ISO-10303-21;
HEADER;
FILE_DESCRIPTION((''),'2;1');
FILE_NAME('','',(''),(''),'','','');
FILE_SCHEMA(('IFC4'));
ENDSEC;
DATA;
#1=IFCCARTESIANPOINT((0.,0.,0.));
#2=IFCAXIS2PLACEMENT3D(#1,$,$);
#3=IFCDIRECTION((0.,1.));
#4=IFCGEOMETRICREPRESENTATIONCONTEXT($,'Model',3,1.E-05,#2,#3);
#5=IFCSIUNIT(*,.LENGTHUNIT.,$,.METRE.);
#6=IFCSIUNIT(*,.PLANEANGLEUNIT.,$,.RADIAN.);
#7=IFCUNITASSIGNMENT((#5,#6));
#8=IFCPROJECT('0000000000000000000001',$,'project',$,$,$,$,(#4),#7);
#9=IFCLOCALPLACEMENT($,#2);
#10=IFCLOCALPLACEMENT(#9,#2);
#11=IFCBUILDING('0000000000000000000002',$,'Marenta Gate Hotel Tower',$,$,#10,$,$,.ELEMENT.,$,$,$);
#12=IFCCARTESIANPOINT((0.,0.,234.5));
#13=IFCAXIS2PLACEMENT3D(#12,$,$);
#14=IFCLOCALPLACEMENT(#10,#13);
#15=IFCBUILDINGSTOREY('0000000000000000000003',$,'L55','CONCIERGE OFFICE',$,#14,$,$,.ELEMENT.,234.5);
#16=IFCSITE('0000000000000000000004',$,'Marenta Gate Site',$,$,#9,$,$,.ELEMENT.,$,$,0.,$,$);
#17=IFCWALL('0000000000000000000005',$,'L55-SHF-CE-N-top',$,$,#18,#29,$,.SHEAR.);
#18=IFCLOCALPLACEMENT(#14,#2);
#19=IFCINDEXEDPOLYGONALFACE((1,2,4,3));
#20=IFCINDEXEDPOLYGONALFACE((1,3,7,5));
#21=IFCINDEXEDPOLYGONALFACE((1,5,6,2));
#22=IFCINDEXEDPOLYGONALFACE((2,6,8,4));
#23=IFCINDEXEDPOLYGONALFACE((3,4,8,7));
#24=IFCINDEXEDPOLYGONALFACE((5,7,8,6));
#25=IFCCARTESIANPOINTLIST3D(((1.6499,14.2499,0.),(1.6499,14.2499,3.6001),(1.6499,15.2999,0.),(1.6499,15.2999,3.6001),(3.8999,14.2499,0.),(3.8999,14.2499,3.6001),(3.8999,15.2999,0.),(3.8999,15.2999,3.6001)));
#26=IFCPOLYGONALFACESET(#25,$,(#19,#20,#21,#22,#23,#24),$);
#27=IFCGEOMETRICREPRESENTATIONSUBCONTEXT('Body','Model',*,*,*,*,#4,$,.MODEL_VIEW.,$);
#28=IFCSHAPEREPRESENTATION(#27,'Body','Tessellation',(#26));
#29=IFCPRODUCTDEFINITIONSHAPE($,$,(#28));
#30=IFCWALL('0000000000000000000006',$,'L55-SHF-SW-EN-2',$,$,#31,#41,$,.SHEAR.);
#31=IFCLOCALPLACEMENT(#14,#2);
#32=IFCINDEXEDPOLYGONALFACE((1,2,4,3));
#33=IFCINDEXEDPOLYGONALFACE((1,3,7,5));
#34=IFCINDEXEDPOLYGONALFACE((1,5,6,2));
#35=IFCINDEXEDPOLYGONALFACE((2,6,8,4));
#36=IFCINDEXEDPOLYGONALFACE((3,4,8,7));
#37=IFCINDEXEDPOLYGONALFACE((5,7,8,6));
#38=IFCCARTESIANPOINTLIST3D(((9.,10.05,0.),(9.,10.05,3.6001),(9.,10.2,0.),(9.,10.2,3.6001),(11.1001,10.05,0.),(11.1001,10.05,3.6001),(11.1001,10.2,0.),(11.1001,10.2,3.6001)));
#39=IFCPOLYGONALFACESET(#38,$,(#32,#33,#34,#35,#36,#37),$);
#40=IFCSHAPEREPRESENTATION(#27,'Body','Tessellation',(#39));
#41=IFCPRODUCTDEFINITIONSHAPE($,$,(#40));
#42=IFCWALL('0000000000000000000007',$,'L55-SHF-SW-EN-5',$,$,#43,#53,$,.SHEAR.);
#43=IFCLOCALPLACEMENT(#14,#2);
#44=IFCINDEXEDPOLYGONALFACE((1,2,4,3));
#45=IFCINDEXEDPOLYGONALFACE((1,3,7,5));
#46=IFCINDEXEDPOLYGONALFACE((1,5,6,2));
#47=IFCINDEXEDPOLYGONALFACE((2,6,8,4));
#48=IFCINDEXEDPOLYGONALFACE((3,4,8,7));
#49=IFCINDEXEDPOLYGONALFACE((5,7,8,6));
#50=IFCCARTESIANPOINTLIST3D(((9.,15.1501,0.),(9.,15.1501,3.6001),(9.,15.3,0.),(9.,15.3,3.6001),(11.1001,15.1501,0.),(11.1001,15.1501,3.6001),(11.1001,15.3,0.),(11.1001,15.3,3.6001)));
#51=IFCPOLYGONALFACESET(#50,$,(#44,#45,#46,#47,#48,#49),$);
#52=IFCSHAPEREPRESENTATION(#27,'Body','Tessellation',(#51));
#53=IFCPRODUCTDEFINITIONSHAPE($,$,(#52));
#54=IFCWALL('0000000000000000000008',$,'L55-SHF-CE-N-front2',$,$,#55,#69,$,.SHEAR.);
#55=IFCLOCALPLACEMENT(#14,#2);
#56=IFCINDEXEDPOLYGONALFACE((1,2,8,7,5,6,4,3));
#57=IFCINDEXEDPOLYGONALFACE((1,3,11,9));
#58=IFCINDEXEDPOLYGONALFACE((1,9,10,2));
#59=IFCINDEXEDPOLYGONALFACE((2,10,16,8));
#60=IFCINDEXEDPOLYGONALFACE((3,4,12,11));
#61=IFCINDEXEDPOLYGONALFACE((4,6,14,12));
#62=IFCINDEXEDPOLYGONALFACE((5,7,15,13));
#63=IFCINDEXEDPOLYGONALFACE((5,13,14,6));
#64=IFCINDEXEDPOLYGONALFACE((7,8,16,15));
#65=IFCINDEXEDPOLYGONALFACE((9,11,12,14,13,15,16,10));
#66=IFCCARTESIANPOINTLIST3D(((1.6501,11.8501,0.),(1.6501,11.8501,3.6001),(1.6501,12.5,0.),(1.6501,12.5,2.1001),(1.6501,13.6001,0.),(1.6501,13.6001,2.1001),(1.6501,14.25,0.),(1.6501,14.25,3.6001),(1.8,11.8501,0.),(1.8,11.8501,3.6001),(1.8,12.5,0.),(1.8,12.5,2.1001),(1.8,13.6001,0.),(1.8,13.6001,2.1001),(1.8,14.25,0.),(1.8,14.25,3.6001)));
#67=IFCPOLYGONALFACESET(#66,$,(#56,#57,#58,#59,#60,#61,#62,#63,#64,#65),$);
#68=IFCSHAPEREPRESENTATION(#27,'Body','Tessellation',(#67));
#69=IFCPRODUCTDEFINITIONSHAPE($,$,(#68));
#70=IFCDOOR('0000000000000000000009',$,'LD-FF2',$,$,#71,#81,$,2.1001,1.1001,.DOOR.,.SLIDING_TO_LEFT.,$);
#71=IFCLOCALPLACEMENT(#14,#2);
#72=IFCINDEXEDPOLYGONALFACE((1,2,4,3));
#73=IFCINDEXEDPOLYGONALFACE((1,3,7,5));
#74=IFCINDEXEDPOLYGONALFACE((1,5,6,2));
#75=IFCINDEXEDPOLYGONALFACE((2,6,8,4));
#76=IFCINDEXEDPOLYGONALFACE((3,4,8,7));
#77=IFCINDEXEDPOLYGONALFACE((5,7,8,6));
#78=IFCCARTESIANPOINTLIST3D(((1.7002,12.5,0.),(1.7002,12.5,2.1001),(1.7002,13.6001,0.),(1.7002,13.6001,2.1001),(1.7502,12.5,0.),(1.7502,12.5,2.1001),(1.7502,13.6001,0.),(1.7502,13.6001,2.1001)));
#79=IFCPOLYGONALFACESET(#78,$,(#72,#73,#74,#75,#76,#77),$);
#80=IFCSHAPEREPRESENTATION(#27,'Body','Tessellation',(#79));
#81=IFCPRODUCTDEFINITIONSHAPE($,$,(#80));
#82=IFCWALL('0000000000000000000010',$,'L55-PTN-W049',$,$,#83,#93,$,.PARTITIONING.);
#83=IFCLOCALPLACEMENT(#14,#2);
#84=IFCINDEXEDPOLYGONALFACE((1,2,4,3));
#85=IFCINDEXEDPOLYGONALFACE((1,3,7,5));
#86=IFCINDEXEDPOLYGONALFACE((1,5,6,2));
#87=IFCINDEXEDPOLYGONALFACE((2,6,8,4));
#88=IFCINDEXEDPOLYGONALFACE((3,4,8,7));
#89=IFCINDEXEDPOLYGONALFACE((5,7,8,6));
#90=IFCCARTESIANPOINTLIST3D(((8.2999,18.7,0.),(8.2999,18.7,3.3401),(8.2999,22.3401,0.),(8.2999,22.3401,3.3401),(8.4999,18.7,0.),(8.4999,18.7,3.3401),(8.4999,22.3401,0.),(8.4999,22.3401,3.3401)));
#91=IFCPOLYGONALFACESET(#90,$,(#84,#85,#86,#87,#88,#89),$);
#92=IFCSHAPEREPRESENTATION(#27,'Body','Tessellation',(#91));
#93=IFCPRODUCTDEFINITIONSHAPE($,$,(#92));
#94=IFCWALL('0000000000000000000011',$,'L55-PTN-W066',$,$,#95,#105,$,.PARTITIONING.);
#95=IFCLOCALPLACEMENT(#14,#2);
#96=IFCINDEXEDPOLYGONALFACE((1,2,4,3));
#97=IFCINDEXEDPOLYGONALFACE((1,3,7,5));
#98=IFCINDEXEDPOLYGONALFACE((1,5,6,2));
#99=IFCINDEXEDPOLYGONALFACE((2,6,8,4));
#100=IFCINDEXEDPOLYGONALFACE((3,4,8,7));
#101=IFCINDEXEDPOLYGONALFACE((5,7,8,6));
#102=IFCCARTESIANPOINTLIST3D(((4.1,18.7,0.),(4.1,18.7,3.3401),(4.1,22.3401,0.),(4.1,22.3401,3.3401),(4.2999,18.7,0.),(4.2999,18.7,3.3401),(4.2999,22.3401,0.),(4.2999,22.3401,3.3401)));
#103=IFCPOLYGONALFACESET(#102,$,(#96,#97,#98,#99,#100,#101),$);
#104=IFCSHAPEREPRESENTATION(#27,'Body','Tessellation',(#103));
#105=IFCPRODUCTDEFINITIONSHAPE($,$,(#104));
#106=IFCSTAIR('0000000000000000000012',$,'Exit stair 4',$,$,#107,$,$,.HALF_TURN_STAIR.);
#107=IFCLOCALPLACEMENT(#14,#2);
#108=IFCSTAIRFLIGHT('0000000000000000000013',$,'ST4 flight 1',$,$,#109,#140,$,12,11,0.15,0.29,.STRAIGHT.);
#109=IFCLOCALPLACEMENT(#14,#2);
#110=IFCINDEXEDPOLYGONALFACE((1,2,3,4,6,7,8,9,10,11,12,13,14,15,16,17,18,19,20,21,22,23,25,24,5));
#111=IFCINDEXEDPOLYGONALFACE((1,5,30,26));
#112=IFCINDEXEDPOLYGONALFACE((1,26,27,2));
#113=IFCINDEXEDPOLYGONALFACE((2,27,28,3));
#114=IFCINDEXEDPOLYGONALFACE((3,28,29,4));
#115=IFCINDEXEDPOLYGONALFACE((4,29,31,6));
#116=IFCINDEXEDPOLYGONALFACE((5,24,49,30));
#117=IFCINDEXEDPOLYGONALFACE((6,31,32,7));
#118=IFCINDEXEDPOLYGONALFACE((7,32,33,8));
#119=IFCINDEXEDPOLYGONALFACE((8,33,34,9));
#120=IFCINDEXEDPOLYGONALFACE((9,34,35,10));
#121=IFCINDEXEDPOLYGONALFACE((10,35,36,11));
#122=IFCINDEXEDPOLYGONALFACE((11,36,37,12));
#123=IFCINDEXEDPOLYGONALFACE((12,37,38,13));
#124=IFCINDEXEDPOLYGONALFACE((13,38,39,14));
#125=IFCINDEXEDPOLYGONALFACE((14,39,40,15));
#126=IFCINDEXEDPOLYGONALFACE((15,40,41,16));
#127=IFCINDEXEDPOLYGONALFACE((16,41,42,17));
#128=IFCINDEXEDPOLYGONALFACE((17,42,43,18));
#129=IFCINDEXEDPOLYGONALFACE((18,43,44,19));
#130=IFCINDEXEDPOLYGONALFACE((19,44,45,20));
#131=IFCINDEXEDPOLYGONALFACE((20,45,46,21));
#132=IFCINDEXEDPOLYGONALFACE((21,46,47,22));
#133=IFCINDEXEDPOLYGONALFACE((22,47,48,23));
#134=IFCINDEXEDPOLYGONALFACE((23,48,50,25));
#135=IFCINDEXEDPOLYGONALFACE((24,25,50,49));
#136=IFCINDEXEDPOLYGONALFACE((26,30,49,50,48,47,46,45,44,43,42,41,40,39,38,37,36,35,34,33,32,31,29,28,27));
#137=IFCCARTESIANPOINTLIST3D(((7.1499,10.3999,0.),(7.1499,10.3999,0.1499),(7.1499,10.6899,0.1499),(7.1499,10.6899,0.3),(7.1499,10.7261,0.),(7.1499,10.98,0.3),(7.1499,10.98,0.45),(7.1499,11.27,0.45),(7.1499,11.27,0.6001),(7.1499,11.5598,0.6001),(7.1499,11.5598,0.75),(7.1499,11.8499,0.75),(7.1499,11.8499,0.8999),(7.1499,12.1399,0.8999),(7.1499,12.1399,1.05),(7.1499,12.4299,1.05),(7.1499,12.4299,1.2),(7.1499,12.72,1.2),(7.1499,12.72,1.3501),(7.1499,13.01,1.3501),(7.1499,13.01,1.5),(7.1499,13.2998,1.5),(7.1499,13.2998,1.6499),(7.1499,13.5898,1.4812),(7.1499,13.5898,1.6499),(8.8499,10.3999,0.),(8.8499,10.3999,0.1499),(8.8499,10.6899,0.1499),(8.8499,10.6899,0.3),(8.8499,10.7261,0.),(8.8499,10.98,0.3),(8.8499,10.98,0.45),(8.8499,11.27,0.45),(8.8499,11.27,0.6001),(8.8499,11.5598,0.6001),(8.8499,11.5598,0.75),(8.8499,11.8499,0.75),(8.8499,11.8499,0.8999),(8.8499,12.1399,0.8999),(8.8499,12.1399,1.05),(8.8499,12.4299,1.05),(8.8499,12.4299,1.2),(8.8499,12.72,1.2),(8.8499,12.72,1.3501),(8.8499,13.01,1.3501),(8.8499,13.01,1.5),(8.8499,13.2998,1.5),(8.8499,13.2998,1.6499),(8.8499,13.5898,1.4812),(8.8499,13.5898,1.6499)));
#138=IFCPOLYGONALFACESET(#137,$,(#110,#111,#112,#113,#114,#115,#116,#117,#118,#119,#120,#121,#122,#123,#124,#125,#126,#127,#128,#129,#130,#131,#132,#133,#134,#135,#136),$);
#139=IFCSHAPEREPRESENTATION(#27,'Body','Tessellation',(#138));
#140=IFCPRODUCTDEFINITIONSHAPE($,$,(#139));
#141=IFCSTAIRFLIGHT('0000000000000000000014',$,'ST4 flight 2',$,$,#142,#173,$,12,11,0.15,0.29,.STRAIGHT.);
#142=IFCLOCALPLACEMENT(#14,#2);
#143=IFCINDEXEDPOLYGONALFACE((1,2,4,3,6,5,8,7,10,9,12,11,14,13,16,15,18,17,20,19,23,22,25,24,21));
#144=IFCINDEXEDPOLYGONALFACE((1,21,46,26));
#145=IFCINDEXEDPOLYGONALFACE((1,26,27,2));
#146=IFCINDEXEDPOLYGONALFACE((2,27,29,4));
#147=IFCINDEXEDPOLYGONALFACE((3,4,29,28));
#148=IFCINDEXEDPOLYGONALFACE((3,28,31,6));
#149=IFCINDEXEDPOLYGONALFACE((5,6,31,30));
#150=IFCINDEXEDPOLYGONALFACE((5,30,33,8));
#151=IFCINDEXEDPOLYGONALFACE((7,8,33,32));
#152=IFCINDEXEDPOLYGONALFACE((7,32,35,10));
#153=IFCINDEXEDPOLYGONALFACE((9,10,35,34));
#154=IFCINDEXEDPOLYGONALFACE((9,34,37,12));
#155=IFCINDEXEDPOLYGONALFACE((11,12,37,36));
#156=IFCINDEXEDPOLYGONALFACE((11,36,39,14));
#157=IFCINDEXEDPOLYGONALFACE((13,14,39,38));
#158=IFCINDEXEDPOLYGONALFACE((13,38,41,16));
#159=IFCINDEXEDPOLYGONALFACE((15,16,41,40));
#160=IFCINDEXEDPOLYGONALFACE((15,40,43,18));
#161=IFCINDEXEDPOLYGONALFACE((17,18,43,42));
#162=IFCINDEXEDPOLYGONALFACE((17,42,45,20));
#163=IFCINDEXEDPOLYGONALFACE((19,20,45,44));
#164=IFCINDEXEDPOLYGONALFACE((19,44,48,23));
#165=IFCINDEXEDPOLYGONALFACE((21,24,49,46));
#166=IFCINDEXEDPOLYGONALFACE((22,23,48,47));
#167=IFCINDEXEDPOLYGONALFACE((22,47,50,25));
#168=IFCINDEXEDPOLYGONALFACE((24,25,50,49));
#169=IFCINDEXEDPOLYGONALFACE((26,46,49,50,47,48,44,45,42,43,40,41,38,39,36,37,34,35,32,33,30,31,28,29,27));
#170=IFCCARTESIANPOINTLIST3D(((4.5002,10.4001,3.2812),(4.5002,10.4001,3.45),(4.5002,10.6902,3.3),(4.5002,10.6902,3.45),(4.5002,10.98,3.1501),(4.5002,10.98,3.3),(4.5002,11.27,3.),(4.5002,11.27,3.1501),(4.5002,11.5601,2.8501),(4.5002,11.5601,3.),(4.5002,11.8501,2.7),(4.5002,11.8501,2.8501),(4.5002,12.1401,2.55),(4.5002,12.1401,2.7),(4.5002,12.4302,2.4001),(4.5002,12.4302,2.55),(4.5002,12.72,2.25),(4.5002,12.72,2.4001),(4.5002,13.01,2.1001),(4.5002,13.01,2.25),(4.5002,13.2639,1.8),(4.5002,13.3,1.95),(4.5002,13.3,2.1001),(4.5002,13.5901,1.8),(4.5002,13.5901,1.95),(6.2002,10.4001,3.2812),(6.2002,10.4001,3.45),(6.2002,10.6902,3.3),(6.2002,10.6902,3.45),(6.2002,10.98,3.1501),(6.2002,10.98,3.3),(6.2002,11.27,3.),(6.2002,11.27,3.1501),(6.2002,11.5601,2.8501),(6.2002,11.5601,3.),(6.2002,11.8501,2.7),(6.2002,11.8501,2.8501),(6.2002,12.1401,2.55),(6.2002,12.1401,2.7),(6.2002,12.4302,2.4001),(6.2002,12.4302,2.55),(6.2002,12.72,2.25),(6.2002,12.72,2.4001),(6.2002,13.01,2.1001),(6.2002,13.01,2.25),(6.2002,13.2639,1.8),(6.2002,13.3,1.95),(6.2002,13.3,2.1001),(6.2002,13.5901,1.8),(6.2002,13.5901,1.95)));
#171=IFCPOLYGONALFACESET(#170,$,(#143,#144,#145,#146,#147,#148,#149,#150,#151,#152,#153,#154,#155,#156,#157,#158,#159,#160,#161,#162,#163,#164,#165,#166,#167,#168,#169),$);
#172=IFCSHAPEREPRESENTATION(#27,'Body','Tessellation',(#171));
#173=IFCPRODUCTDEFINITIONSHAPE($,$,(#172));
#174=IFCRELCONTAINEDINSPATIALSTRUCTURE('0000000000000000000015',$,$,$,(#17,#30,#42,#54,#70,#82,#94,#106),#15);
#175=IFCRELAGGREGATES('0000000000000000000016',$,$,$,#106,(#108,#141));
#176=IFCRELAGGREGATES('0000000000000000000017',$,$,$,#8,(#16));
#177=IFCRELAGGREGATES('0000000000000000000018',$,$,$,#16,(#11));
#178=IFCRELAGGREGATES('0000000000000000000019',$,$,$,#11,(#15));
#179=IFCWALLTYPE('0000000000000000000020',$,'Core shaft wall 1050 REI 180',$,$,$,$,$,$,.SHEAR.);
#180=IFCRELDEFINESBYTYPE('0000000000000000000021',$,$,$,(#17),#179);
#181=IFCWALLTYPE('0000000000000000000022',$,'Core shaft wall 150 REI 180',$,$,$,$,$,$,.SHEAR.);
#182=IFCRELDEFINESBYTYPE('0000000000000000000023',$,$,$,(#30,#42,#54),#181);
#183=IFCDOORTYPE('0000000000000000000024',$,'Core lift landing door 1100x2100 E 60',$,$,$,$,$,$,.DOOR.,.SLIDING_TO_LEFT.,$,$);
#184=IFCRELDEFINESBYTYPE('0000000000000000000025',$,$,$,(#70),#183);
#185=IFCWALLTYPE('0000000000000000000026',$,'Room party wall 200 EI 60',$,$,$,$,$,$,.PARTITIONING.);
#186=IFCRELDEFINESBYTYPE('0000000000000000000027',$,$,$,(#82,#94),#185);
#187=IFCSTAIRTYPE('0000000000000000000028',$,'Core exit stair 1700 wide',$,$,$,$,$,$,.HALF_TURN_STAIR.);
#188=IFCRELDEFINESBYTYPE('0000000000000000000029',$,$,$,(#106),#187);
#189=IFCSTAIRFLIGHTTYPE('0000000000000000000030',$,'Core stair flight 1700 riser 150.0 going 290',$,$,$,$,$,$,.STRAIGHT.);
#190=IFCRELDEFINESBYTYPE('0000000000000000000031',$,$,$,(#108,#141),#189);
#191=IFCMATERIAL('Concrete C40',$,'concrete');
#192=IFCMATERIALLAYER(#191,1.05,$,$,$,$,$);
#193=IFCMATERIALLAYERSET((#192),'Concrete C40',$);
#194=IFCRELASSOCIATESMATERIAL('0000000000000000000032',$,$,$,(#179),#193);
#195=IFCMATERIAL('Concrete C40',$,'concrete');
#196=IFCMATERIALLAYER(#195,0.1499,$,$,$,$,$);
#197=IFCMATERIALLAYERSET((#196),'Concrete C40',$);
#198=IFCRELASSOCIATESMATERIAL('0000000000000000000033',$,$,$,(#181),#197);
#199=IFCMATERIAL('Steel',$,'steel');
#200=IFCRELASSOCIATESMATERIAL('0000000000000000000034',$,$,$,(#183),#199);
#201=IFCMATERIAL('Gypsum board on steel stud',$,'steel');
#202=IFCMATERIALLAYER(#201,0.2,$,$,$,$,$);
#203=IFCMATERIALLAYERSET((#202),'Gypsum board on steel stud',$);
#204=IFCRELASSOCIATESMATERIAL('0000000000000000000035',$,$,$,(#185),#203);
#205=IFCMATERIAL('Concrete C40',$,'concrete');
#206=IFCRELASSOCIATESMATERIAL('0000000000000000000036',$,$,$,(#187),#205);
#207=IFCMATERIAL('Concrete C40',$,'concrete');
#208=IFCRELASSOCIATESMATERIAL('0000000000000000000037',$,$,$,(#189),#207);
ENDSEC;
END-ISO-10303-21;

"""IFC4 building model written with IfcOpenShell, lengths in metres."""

from ifc_helpers import new_model, si_unit, direction, frame, frame_2d, origin, place, context, subcontext, project, spatial, polyline, rectangle, outline, extrude, material, layer, layer_set, type_object, element, fill, aggregate, save


model = new_model("IFC4")

# Units and contexts
model_context = context("Model", 3, precision=1e-05, world=origin(), true_north=direction((0.0, 1.0)))
body_context = subcontext(model_context, "Body", "Model", "MODEL_VIEW")
ifc_project = project(units=[si_unit("LENGTHUNIT", "METRE"), si_unit("PLANEANGLEUNIT", "RADIAN")], contexts=[model_context])

# Site, building, storey
site_placement = place(None, origin())
site = spatial("IfcSite", under=ifc_project, at=site_placement, Name="Marenta Gate Site", CompositionType="ELEMENT", RefElevation=0.0)
building_placement = place(site_placement, origin())
building = spatial("IfcBuilding", under=site, at=building_placement, Name="Marenta Gate Hotel Tower", CompositionType="ELEMENT")
storey_placement = place(building_placement, frame((0.0, 0.0, 234.5)))
storey = spatial("IfcBuildingStorey", under=building, at=storey_placement, Name="L55", Description="CONCIERGE OFFICE", CompositionType="ELEMENT", Elevation=234.5)

# Walls
ifc_material_1 = material(Name="Concrete C40", Category="concrete")
ifc_layer_1 = layer(ifc_material_1, 1.05)
ifc_layer_set_1 = layer_set([ifc_layer_1], Name="Concrete C40")
wall_type_1 = type_object("IfcWallType", Name="Core shaft wall 1050 REI 180", PredefinedType="SHEAR", material=ifc_layer_set_1)
wall_1_placement = place(storey_placement, frame((1.6499, 14.7749, 0.0), z_axis=(0.0, 0.0, 1.0), x_axis=(1.0, 0.0, 0.0)))
element("IfcWall", 1, at=wall_1_placement, inside=storey, type_object=wall_type_1, Name="L55-SHF-CE-N-top", PredefinedType="SHEAR", context=body_context, shape_type="SweptSolid", body=[
    extrude(rectangle(XDim=2.25, YDim=1.05, at=frame_2d((1.125, 0.0))), origin(), (0.0, 0.0, 1.0), 3.6001),
])
ifc_material_2 = material(Name="Concrete C40", Category="concrete")
ifc_layer_2 = layer(ifc_material_2, 0.1499)
ifc_layer_set_2 = layer_set([ifc_layer_2], Name="Concrete C40")
wall_type_2 = type_object("IfcWallType", Name="Core shaft wall 150 REI 180", PredefinedType="SHEAR", material=ifc_layer_set_2)
for number, where, z_axis, x_axis, name in (
    (2, (9.0, 10.125, 0.0), (0.0, 0.0, 1.0), (1.0, 0.0, 0.0), "L55-SHF-SW-EN-2"),
    (3, (9.0, 15.2251, 0.0), (0.0, 0.0, 1.0), (1.0, 0.0, 0.0), "L55-SHF-SW-EN-5"),
):
    element("IfcWall", number, at=place(storey_placement, frame(where, z_axis=z_axis, x_axis=x_axis)), inside=storey, type_object=wall_type_2, Name=name, PredefinedType="SHEAR", context=body_context, shape_type="SweptSolid", body=[
        extrude(rectangle(XDim=2.1001, YDim=0.1499, at=frame_2d((1.05, 0.0))), origin(), (0.0, 0.0, 1.0), 3.6001),
    ])

# Wall, opening, door
wall_2_placement = place(storey_placement, frame((1.7251, 11.8501, 0.0), z_axis=(0.0, 0.0, 1.0), x_axis=(0.0, 1.0, 0.0)))
wall_2 = element("IfcWall", 4, at=wall_2_placement, inside=storey, type_object=wall_type_2, Name="L55-SHF-CE-N-front2", PredefinedType="SHEAR", context=body_context, shape_type="SweptSolid", body=[
    extrude(rectangle(XDim=2.3999, YDim=0.1499, at=frame_2d((1.2, 0.0))), origin(), (0.0, 0.0, 1.0), 3.6001),
])
opening_1_placement = place(wall_2_placement, frame((0.6499, 0.0, 0.0)))
opening_1 = element("IfcOpeningElement", 5, at=opening_1_placement, cuts=wall_2, PredefinedType="OPENING", context=body_context, shape_type="SweptSolid", body=[
    extrude(rectangle(XDim=1.1001, YDim=2.1001, at=frame_2d((0.55, 1.05))), frame((0.0, 0.075, 0.0), z_axis=(0.0, -1.0, 0.0), x_axis=(1.0, 0.0, 0.0)), (0.0, 0.0, 1.0), 0.1499),
])
ifc_material_3 = material(Name="Steel", Category="steel")
door_type_1 = type_object("IfcDoorType", Name="Core lift landing door 1100x2100 E 60", OperationType="SLIDING_TO_LEFT", PredefinedType="DOOR", material=ifc_material_3)
door_1_placement = place(opening_1_placement, origin())
door_1 = element("IfcDoor", 6, at=door_1_placement, inside=storey, type_object=door_type_1, Name="LD-FF2", OperationType="SLIDING_TO_LEFT", OverallHeight=2.1001, OverallWidth=1.1001, PredefinedType="DOOR", context=body_context, shape_type="SweptSolid", body=[
    extrude(rectangle(XDim=1.1001, YDim=2.1001, at=frame_2d((0.55, 1.05))), frame((0.0, 0.0249, 0.0), z_axis=(0.0, -1.0, 0.0), x_axis=(1.0, 0.0, 0.0)), (0.0, 0.0, 1.0), 0.05),
])
fill(opening_1, door_1)

# Walls
ifc_material_4 = material(Name="Gypsum board on steel stud", Category="steel")
ifc_layer_3 = layer(ifc_material_4, 0.2)
ifc_layer_set_3 = layer_set([ifc_layer_3], Name="Gypsum board on steel stud")
wall_type_3 = type_object("IfcWallType", Name="Room party wall 200 EI 60", PredefinedType="PARTITIONING", material=ifc_layer_set_3)
for number, where, z_axis, x_axis, name in (
    (7, (8.3999, 18.7, 0.0), (0.0, 0.0, 1.0), (0.0, 1.0, 0.0), "L55-PTN-W049"),
    (8, (4.2, 18.7, 0.0), (0.0, 0.0, 1.0), (0.0, 1.0, 0.0), "L55-PTN-W066"),
):
    element("IfcWall", number, at=place(storey_placement, frame(where, z_axis=z_axis, x_axis=x_axis)), inside=storey, type_object=wall_type_3, Name=name, PredefinedType="PARTITIONING", context=body_context, shape_type="SweptSolid", body=[
        extrude(rectangle(XDim=3.6401, YDim=0.2, at=frame_2d((1.8201, 0.0))), origin(), (0.0, 0.0, 1.0), 3.3401),
    ])

# Stair, stair flights
ifc_material_5 = material(Name="Concrete C40", Category="concrete")
stair_type = type_object("IfcStairType", Name="Core exit stair 1700 wide", PredefinedType="HALF_TURN_STAIR", material=ifc_material_5)
stair_placement = place(storey_placement, origin())
stair = element("IfcStair", 9, at=stair_placement, inside=storey, type_object=stair_type, Name="Exit stair 4", PredefinedType="HALF_TURN_STAIR")
ifc_material_6 = material(Name="Concrete C40", Category="concrete")
stair_flight_type = type_object("IfcStairFlightType", Name="Core stair flight 1700 riser 150.0 going 290", PredefinedType="STRAIGHT", material=ifc_material_6)
stair_flight_1_placement = place(storey_placement, frame((8.0, 10.3999, 0.0), z_axis=(0.0, 0.0, 1.0), x_axis=(0.0, 1.0, 0.0)))
stair_flight_1 = element("IfcStairFlight", 10, at=stair_flight_1_placement, type_object=stair_flight_type, Name="ST4 flight 1", NumberOfRisers=12, NumberOfTreads=11, PredefinedType="STRAIGHT", RiserHeight=0.15, TreadLength=0.29, context=body_context, shape_type="SweptSolid", body=[
    extrude(outline(polyline([(0.0, 0.0), (0.0, 0.1499), (0.29, 0.1499), (0.29, 0.3), (0.5801, 0.3), (0.5801, 0.45), (0.8701, 0.45), (0.8701, 0.6001), (1.1599, 0.6001), (1.1599, 0.75), (1.45, 0.75), (1.45, 0.8999), (1.74, 0.8999), (1.74, 1.05), (2.03, 1.05), (2.03, 1.2), (2.3201, 1.2), (2.3201, 1.3501), (2.6101, 1.3501), (2.6101, 1.5), (2.8999, 1.5), (2.8999, 1.6499), (3.1899, 1.6499), (3.1899, 1.8), (3.1899, 1.4812), (0.3262, 0.0), (0.0, 0.0)])), frame((0.0, 0.8501, 0.0), z_axis=(0.0, -1.0, 0.0), x_axis=(1.0, 0.0, 0.0)), (0.0, 0.0, 1.0), 1.7),
])
stair_flight_2_placement = place(storey_placement, frame((5.3501, 13.5901, 1.8), z_axis=(0.0, 0.0, 1.0), x_axis=(0.0, -1.0, 0.0)))
stair_flight_2 = element("IfcStairFlight", 11, at=stair_flight_2_placement, type_object=stair_flight_type, Name="ST4 flight 2", NumberOfRisers=12, NumberOfTreads=11, PredefinedType="STRAIGHT", RiserHeight=0.15, TreadLength=0.29, context=body_context, shape_type="SweptSolid", body=[
    extrude(outline(polyline([(0.0, 0.0), (0.0, 0.1499), (0.29, 0.1499), (0.29, 0.3), (0.5801, 0.3), (0.5801, 0.45), (0.8701, 0.45), (0.8701, 0.6001), (1.1599, 0.6001), (1.1599, 0.75), (1.45, 0.75), (1.45, 0.8999), (1.74, 0.8999), (1.74, 1.05), (2.03, 1.05), (2.03, 1.2), (2.3201, 1.2), (2.3201, 1.3501), (2.6101, 1.3501), (2.6101, 1.5), (2.8999, 1.5), (2.8999, 1.6499), (3.1899, 1.6499), (3.1899, 1.8), (3.1899, 1.4812), (0.3262, 0.0), (0.0, 0.0)])), frame((0.0, 0.8501, 0.0), z_axis=(0.0, -1.0, 0.0), x_axis=(1.0, 0.0, 0.0)), (0.0, 0.0, 1.0), 1.7),
])
aggregate(stair, [stair_flight_1, stair_flight_2])

save(model, "model.ifc")
